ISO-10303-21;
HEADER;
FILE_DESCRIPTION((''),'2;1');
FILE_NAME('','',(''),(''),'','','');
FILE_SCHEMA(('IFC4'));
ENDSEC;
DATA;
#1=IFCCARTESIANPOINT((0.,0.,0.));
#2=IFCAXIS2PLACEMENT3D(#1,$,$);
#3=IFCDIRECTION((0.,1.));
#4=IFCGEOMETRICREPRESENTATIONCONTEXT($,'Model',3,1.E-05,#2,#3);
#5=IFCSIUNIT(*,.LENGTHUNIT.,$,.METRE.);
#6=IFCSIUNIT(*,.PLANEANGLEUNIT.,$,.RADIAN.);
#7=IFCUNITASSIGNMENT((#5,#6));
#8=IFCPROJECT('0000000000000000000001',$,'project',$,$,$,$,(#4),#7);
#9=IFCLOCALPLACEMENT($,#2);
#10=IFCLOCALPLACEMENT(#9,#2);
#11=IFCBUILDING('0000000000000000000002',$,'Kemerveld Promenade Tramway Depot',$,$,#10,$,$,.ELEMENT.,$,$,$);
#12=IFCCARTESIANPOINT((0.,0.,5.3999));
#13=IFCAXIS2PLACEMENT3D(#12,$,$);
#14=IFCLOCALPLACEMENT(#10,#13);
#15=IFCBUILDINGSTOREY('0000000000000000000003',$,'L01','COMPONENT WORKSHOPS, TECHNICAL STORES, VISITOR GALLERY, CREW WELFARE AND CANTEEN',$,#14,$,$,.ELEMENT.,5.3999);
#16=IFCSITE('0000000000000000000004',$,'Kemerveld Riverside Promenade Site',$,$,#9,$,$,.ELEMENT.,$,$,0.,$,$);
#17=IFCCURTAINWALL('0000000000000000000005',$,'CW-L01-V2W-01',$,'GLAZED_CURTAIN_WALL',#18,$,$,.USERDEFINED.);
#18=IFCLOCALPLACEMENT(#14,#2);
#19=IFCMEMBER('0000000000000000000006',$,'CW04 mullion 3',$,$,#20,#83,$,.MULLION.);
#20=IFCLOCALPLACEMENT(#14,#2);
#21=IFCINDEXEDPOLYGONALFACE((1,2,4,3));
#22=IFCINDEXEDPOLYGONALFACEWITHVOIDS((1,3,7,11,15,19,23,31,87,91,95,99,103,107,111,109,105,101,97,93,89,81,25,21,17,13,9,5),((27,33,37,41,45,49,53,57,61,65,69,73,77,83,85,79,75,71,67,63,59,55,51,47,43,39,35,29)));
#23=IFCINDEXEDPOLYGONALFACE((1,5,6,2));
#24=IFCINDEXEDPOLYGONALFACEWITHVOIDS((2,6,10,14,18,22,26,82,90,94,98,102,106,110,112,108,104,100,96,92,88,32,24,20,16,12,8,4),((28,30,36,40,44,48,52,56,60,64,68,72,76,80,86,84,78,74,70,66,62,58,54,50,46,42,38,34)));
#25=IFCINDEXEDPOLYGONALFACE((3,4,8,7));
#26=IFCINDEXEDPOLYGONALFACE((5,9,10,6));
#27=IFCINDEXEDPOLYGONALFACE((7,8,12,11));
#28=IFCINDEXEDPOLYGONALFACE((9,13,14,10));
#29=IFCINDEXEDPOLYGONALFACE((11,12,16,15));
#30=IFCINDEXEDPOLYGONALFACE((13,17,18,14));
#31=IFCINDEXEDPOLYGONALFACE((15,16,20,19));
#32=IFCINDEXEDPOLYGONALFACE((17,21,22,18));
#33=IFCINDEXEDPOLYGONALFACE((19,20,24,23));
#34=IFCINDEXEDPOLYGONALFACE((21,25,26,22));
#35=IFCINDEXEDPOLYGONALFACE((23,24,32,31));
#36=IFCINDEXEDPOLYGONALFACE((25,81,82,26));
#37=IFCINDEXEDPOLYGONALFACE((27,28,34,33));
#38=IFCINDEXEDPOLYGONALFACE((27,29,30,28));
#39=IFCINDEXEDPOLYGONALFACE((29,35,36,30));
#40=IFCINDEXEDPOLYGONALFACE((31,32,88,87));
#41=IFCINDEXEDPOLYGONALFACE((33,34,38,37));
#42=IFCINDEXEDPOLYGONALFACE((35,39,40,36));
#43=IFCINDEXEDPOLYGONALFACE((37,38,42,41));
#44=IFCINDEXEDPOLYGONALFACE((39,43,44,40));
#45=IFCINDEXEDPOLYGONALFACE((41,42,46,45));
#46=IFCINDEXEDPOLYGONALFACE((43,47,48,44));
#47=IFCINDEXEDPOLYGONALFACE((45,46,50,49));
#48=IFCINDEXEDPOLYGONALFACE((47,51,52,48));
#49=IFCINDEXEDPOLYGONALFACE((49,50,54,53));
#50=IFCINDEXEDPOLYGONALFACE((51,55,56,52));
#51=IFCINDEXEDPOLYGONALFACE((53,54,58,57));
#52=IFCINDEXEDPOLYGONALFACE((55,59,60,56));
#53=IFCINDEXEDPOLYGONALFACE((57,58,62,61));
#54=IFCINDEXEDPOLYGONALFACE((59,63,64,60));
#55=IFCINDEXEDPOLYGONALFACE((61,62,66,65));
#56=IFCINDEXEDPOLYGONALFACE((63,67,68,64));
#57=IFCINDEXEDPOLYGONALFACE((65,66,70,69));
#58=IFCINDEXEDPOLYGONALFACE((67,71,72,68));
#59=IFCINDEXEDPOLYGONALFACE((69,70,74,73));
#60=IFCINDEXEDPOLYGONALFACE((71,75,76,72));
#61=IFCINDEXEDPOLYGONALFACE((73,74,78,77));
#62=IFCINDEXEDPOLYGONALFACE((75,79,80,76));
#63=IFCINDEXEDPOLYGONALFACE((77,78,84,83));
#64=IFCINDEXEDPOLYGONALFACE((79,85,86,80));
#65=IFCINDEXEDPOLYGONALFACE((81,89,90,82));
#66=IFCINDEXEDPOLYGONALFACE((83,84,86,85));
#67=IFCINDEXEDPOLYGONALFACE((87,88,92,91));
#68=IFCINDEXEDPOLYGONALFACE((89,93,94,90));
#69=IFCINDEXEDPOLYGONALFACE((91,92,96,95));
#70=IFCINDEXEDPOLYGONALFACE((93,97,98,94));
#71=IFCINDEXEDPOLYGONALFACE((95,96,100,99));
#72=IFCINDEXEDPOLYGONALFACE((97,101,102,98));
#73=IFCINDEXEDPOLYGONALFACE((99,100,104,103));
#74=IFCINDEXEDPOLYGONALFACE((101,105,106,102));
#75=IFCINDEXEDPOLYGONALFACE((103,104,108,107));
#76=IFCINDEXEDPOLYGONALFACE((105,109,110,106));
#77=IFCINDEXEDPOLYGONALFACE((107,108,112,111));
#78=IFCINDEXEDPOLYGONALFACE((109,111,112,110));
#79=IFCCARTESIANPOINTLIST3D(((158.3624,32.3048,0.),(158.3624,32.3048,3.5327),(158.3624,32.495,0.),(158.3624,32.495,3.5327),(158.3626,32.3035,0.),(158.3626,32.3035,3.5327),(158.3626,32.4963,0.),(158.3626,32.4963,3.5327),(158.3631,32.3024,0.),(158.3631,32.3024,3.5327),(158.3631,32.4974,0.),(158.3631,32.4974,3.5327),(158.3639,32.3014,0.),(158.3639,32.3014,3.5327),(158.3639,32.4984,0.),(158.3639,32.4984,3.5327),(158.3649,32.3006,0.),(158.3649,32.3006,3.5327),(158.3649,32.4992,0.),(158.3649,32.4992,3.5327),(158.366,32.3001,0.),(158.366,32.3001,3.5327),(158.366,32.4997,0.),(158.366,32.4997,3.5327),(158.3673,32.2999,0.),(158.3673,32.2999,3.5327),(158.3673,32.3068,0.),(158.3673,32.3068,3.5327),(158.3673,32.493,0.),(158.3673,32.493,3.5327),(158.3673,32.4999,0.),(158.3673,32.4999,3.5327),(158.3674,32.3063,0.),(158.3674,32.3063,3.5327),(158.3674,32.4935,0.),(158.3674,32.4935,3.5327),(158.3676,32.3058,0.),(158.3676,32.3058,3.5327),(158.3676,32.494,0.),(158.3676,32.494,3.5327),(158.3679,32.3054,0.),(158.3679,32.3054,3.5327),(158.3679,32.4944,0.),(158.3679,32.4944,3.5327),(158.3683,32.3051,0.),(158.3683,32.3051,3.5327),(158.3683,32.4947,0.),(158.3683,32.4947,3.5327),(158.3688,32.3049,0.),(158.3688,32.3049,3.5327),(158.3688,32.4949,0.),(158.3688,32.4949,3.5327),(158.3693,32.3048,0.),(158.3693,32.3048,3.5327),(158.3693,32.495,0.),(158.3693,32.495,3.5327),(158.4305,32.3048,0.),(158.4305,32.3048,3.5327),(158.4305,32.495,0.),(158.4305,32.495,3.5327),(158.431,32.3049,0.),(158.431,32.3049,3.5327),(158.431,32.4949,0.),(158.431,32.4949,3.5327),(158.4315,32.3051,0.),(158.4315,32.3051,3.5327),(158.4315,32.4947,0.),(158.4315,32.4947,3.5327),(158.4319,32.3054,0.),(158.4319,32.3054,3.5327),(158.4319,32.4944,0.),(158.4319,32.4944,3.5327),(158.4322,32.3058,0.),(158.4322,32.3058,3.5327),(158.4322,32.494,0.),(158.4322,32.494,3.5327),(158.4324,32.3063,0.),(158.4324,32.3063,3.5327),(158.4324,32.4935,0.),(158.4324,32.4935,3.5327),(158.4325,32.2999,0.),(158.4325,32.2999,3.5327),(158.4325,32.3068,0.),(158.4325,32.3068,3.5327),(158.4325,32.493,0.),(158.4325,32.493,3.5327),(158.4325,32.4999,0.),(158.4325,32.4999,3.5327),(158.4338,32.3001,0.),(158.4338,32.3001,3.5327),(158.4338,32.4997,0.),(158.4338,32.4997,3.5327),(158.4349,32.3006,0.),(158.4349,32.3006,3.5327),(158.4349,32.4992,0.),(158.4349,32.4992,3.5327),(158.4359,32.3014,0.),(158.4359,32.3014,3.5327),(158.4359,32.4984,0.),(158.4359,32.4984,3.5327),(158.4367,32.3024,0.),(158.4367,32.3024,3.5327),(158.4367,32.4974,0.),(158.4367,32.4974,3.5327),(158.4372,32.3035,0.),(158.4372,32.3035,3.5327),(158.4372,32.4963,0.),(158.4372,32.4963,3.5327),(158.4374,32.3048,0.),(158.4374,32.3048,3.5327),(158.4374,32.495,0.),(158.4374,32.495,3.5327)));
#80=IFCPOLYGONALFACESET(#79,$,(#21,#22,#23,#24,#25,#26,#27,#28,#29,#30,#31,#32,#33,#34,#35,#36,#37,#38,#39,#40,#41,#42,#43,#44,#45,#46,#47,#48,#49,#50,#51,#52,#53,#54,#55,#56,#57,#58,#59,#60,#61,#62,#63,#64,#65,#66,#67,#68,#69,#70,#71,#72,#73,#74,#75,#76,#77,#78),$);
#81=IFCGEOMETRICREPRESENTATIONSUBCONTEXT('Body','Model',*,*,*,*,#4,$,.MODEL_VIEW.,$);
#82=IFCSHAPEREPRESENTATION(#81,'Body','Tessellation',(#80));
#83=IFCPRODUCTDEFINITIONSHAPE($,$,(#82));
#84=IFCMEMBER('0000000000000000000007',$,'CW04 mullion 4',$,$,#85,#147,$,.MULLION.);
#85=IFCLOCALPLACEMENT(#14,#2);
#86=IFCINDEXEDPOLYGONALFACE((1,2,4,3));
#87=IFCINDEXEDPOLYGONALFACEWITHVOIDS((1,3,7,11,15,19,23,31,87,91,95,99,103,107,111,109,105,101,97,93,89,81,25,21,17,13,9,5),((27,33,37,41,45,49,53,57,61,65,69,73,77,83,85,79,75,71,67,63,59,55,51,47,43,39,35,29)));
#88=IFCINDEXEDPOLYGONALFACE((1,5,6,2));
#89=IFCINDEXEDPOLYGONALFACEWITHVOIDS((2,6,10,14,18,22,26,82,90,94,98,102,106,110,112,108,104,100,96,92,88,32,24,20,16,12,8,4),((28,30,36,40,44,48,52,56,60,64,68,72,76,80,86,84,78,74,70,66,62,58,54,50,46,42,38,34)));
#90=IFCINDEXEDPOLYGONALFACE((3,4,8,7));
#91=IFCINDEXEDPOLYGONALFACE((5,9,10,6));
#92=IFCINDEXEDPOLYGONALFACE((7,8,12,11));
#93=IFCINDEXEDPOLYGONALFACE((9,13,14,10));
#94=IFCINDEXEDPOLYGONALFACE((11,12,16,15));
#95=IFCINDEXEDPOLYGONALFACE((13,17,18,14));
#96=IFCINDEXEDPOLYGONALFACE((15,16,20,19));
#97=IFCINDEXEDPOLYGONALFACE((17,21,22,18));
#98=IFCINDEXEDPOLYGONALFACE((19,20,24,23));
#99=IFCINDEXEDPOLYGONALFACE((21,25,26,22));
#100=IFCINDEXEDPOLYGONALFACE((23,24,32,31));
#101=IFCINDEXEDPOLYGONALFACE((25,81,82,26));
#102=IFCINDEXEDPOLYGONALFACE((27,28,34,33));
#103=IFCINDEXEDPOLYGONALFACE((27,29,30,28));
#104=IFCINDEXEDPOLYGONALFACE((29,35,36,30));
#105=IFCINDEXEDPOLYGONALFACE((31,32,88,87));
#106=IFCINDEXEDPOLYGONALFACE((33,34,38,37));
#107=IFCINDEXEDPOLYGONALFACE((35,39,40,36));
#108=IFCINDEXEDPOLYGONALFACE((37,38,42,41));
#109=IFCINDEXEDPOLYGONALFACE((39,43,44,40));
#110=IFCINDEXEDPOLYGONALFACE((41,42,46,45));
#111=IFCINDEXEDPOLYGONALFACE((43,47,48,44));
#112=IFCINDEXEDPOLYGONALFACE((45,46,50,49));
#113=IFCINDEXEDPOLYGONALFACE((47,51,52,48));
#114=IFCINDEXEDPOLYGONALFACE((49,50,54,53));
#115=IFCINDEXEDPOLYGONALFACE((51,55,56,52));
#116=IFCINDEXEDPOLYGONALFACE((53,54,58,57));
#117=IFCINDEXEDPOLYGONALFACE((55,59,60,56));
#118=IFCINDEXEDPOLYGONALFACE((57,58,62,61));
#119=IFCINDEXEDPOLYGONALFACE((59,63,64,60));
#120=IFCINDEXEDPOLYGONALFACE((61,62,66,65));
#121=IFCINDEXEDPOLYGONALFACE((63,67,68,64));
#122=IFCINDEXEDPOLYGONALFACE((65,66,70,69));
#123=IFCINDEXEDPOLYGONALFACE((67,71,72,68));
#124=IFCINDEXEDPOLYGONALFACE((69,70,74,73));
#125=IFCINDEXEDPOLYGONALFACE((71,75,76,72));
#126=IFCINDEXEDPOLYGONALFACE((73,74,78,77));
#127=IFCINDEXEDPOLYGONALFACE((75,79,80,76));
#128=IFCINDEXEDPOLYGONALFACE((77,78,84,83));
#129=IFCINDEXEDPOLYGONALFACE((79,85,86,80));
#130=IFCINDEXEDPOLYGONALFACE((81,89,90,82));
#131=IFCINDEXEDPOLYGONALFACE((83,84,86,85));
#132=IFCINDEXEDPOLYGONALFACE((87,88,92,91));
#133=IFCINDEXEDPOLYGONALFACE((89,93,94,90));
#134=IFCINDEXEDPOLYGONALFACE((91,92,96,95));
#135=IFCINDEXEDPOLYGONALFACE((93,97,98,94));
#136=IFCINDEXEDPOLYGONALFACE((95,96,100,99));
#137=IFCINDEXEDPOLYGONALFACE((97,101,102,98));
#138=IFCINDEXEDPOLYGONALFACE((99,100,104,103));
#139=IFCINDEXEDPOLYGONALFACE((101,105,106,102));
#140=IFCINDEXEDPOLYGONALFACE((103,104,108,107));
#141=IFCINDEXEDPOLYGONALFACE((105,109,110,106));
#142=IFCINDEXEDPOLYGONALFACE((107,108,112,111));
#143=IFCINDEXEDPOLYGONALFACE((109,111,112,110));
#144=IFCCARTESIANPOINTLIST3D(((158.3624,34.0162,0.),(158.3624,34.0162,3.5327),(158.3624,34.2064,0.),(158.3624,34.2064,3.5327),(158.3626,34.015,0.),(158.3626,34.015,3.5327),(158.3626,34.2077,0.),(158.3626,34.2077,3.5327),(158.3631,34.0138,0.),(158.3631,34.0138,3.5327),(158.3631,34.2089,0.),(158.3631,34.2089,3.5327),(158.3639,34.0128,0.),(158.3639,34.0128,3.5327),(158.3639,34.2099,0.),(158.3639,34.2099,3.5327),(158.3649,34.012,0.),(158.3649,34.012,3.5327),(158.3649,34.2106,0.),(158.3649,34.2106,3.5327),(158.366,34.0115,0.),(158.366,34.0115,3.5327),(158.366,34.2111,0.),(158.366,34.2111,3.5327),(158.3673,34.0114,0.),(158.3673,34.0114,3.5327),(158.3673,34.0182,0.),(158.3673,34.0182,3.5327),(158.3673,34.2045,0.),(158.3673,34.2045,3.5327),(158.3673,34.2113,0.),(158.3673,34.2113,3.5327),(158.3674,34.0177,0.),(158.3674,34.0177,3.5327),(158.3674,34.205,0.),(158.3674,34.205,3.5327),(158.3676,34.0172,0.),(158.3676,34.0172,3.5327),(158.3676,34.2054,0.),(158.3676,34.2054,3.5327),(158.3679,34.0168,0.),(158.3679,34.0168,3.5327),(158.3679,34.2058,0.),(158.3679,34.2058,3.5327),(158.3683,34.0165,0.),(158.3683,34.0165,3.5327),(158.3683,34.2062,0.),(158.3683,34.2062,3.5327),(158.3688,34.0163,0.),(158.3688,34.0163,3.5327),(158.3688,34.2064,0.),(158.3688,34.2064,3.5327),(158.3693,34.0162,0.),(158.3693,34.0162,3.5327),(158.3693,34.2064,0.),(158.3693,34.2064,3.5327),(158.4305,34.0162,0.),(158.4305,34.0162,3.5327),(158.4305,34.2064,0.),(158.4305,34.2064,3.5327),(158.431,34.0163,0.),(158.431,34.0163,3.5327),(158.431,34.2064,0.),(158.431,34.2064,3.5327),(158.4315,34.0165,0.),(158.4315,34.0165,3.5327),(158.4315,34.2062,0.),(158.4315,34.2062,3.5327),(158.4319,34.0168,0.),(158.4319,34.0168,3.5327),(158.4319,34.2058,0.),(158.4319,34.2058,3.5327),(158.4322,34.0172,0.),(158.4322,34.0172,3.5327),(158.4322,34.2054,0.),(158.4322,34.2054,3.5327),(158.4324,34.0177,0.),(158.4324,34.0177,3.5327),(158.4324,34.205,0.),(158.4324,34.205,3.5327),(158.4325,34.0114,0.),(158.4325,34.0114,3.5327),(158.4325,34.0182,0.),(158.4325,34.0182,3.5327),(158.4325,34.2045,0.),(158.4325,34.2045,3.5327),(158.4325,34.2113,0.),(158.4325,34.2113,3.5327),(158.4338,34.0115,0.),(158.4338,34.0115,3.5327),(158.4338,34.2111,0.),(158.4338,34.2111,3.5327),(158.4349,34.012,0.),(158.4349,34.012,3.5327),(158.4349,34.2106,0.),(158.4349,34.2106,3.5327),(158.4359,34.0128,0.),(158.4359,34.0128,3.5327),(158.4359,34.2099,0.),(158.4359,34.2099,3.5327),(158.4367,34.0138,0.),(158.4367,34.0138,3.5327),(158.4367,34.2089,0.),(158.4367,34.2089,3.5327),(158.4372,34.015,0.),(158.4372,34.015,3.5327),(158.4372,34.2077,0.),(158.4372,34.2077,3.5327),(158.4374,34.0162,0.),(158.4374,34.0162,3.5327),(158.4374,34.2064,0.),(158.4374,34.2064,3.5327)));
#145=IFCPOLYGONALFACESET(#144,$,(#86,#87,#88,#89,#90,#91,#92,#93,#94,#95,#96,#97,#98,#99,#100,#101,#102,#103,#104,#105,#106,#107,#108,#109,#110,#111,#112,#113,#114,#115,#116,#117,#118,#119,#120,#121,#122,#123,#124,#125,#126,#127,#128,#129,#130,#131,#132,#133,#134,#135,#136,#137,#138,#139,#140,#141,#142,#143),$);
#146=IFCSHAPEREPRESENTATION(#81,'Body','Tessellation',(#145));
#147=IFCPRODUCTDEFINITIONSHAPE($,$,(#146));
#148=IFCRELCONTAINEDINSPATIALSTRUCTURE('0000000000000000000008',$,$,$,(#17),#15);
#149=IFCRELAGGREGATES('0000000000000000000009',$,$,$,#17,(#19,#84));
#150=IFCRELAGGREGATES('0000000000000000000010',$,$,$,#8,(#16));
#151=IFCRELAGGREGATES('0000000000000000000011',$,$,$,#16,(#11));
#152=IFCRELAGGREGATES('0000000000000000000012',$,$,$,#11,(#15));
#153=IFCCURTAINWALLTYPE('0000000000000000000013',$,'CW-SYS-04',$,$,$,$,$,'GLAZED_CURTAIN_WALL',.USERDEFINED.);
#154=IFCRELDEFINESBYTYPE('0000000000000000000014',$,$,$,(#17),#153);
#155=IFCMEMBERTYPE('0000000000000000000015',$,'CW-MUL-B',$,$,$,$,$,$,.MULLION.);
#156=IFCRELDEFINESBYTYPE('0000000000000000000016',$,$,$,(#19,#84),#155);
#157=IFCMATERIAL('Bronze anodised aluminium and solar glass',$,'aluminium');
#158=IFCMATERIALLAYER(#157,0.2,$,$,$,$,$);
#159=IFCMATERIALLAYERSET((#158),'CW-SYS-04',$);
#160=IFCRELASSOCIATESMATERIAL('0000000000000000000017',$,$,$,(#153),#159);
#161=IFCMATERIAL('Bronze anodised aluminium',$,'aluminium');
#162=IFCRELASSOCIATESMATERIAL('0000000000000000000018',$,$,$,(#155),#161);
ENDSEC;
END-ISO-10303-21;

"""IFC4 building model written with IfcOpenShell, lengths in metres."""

from ifc_helpers import new_model, si_unit, direction, frame, origin, origin_2d, place, context, subcontext, project, spatial, hollow_rectangle, extrude, material, layer, layer_set, material_profile, profile_set, type_object, element, aggregate, save


model = new_model("IFC4")

# Units and contexts
model_context = context("Model", 3, precision=1e-05, world=origin(), true_north=direction((0.0, 1.0)))
body_context = subcontext(model_context, "Body", "Model", "MODEL_VIEW")
ifc_project = project(units=[si_unit("LENGTHUNIT", "METRE"), si_unit("PLANEANGLEUNIT", "RADIAN")], contexts=[model_context])

# Site, building, storey
site_placement = place(None, origin())
site = spatial("IfcSite", under=ifc_project, at=site_placement, Name="Kemerveld Riverside Promenade Site", CompositionType="ELEMENT", RefElevation=0.0)
building_placement = place(site_placement, origin())
building = spatial("IfcBuilding", under=site, at=building_placement, Name="Kemerveld Promenade Tramway Depot", CompositionType="ELEMENT")
storey_placement = place(building_placement, frame((0.0, 0.0, 5.3999)))
storey = spatial("IfcBuildingStorey", under=building, at=storey_placement, Name="L01", Description="COMPONENT WORKSHOPS, TECHNICAL STORES, VISITOR GALLERY, CREW WELFARE AND CANTEEN", CompositionType="ELEMENT", Elevation=5.3999)

# Curtain wall, members
ifc_material_1 = material(Name="Bronze anodised aluminium and solar glass", Category="aluminium")
ifc_layer_1 = layer(ifc_material_1, 0.2)
ifc_layer_set_1 = layer_set([ifc_layer_1], Name="CW-SYS-04")
curtain_wall_type_1 = type_object("IfcCurtainWallType", Name="CW-SYS-04", ElementType="GLAZED_CURTAIN_WALL", PredefinedType="USERDEFINED", material=ifc_layer_set_1)
curtain_wall_1_placement = place(storey_placement, origin())
curtain_wall_1 = element("IfcCurtainWall", 1, at=curtain_wall_1_placement, inside=storey, type_object=curtain_wall_type_1, Name="CW-L01-V2W-01", ObjectType="GLAZED_CURTAIN_WALL", PredefinedType="USERDEFINED")
ifc_material_2 = material(Name="Bronze anodised aluminium", Category="aluminium")
ifc_material_profile_1 = material_profile(ifc_material_2, hollow_rectangle(XDim=0.075, YDim=0.2, WallThickness=0.0049, InnerFilletRadius=0.002, OuterFilletRadius=0.0049, at=origin_2d()), Name="CW-MUL-200x75")
ifc_profile_set_1 = profile_set([ifc_material_profile_1], Name="Bronze anodised aluminium")
member_type_1 = type_object("IfcMemberType", Name="CW-MUL-B", PredefinedType="MULLION", material=ifc_profile_set_1)
member_1_placement = place(storey_placement, frame((158.3999, 32.3999, 0.0), z_axis=(0.0, 0.0, 1.0), x_axis=(-1.0, 0.0, 0.0)))
member_1 = element("IfcMember", 2, at=member_1_placement, type_object=member_type_1, Name="CW04 mullion 3", PredefinedType="MULLION", context=body_context, shape_type="SweptSolid", body=[
    extrude(hollow_rectangle(XDim=0.075, YDim=0.2, WallThickness=0.0049, InnerFilletRadius=0.002, OuterFilletRadius=0.0049, at=origin_2d()), origin(), (0.0, 0.0, 1.0), 3.5327),
])
member_2_placement = place(storey_placement, frame((158.3999, 34.1113, 0.0), z_axis=(0.0, 0.0, 1.0), x_axis=(-1.0, 0.0, 0.0)))
member_2 = element("IfcMember", 3, at=member_2_placement, type_object=member_type_1, Name="CW04 mullion 4", PredefinedType="MULLION", context=body_context, shape_type="SweptSolid", body=[
    extrude(hollow_rectangle(XDim=0.075, YDim=0.2, WallThickness=0.0049, InnerFilletRadius=0.002, OuterFilletRadius=0.0049, at=origin_2d()), origin(), (0.0, 0.0, 1.0), 3.5327),
])

aggregate(curtain_wall_1, [member_1, member_2])

save(model, "model.ifc")
